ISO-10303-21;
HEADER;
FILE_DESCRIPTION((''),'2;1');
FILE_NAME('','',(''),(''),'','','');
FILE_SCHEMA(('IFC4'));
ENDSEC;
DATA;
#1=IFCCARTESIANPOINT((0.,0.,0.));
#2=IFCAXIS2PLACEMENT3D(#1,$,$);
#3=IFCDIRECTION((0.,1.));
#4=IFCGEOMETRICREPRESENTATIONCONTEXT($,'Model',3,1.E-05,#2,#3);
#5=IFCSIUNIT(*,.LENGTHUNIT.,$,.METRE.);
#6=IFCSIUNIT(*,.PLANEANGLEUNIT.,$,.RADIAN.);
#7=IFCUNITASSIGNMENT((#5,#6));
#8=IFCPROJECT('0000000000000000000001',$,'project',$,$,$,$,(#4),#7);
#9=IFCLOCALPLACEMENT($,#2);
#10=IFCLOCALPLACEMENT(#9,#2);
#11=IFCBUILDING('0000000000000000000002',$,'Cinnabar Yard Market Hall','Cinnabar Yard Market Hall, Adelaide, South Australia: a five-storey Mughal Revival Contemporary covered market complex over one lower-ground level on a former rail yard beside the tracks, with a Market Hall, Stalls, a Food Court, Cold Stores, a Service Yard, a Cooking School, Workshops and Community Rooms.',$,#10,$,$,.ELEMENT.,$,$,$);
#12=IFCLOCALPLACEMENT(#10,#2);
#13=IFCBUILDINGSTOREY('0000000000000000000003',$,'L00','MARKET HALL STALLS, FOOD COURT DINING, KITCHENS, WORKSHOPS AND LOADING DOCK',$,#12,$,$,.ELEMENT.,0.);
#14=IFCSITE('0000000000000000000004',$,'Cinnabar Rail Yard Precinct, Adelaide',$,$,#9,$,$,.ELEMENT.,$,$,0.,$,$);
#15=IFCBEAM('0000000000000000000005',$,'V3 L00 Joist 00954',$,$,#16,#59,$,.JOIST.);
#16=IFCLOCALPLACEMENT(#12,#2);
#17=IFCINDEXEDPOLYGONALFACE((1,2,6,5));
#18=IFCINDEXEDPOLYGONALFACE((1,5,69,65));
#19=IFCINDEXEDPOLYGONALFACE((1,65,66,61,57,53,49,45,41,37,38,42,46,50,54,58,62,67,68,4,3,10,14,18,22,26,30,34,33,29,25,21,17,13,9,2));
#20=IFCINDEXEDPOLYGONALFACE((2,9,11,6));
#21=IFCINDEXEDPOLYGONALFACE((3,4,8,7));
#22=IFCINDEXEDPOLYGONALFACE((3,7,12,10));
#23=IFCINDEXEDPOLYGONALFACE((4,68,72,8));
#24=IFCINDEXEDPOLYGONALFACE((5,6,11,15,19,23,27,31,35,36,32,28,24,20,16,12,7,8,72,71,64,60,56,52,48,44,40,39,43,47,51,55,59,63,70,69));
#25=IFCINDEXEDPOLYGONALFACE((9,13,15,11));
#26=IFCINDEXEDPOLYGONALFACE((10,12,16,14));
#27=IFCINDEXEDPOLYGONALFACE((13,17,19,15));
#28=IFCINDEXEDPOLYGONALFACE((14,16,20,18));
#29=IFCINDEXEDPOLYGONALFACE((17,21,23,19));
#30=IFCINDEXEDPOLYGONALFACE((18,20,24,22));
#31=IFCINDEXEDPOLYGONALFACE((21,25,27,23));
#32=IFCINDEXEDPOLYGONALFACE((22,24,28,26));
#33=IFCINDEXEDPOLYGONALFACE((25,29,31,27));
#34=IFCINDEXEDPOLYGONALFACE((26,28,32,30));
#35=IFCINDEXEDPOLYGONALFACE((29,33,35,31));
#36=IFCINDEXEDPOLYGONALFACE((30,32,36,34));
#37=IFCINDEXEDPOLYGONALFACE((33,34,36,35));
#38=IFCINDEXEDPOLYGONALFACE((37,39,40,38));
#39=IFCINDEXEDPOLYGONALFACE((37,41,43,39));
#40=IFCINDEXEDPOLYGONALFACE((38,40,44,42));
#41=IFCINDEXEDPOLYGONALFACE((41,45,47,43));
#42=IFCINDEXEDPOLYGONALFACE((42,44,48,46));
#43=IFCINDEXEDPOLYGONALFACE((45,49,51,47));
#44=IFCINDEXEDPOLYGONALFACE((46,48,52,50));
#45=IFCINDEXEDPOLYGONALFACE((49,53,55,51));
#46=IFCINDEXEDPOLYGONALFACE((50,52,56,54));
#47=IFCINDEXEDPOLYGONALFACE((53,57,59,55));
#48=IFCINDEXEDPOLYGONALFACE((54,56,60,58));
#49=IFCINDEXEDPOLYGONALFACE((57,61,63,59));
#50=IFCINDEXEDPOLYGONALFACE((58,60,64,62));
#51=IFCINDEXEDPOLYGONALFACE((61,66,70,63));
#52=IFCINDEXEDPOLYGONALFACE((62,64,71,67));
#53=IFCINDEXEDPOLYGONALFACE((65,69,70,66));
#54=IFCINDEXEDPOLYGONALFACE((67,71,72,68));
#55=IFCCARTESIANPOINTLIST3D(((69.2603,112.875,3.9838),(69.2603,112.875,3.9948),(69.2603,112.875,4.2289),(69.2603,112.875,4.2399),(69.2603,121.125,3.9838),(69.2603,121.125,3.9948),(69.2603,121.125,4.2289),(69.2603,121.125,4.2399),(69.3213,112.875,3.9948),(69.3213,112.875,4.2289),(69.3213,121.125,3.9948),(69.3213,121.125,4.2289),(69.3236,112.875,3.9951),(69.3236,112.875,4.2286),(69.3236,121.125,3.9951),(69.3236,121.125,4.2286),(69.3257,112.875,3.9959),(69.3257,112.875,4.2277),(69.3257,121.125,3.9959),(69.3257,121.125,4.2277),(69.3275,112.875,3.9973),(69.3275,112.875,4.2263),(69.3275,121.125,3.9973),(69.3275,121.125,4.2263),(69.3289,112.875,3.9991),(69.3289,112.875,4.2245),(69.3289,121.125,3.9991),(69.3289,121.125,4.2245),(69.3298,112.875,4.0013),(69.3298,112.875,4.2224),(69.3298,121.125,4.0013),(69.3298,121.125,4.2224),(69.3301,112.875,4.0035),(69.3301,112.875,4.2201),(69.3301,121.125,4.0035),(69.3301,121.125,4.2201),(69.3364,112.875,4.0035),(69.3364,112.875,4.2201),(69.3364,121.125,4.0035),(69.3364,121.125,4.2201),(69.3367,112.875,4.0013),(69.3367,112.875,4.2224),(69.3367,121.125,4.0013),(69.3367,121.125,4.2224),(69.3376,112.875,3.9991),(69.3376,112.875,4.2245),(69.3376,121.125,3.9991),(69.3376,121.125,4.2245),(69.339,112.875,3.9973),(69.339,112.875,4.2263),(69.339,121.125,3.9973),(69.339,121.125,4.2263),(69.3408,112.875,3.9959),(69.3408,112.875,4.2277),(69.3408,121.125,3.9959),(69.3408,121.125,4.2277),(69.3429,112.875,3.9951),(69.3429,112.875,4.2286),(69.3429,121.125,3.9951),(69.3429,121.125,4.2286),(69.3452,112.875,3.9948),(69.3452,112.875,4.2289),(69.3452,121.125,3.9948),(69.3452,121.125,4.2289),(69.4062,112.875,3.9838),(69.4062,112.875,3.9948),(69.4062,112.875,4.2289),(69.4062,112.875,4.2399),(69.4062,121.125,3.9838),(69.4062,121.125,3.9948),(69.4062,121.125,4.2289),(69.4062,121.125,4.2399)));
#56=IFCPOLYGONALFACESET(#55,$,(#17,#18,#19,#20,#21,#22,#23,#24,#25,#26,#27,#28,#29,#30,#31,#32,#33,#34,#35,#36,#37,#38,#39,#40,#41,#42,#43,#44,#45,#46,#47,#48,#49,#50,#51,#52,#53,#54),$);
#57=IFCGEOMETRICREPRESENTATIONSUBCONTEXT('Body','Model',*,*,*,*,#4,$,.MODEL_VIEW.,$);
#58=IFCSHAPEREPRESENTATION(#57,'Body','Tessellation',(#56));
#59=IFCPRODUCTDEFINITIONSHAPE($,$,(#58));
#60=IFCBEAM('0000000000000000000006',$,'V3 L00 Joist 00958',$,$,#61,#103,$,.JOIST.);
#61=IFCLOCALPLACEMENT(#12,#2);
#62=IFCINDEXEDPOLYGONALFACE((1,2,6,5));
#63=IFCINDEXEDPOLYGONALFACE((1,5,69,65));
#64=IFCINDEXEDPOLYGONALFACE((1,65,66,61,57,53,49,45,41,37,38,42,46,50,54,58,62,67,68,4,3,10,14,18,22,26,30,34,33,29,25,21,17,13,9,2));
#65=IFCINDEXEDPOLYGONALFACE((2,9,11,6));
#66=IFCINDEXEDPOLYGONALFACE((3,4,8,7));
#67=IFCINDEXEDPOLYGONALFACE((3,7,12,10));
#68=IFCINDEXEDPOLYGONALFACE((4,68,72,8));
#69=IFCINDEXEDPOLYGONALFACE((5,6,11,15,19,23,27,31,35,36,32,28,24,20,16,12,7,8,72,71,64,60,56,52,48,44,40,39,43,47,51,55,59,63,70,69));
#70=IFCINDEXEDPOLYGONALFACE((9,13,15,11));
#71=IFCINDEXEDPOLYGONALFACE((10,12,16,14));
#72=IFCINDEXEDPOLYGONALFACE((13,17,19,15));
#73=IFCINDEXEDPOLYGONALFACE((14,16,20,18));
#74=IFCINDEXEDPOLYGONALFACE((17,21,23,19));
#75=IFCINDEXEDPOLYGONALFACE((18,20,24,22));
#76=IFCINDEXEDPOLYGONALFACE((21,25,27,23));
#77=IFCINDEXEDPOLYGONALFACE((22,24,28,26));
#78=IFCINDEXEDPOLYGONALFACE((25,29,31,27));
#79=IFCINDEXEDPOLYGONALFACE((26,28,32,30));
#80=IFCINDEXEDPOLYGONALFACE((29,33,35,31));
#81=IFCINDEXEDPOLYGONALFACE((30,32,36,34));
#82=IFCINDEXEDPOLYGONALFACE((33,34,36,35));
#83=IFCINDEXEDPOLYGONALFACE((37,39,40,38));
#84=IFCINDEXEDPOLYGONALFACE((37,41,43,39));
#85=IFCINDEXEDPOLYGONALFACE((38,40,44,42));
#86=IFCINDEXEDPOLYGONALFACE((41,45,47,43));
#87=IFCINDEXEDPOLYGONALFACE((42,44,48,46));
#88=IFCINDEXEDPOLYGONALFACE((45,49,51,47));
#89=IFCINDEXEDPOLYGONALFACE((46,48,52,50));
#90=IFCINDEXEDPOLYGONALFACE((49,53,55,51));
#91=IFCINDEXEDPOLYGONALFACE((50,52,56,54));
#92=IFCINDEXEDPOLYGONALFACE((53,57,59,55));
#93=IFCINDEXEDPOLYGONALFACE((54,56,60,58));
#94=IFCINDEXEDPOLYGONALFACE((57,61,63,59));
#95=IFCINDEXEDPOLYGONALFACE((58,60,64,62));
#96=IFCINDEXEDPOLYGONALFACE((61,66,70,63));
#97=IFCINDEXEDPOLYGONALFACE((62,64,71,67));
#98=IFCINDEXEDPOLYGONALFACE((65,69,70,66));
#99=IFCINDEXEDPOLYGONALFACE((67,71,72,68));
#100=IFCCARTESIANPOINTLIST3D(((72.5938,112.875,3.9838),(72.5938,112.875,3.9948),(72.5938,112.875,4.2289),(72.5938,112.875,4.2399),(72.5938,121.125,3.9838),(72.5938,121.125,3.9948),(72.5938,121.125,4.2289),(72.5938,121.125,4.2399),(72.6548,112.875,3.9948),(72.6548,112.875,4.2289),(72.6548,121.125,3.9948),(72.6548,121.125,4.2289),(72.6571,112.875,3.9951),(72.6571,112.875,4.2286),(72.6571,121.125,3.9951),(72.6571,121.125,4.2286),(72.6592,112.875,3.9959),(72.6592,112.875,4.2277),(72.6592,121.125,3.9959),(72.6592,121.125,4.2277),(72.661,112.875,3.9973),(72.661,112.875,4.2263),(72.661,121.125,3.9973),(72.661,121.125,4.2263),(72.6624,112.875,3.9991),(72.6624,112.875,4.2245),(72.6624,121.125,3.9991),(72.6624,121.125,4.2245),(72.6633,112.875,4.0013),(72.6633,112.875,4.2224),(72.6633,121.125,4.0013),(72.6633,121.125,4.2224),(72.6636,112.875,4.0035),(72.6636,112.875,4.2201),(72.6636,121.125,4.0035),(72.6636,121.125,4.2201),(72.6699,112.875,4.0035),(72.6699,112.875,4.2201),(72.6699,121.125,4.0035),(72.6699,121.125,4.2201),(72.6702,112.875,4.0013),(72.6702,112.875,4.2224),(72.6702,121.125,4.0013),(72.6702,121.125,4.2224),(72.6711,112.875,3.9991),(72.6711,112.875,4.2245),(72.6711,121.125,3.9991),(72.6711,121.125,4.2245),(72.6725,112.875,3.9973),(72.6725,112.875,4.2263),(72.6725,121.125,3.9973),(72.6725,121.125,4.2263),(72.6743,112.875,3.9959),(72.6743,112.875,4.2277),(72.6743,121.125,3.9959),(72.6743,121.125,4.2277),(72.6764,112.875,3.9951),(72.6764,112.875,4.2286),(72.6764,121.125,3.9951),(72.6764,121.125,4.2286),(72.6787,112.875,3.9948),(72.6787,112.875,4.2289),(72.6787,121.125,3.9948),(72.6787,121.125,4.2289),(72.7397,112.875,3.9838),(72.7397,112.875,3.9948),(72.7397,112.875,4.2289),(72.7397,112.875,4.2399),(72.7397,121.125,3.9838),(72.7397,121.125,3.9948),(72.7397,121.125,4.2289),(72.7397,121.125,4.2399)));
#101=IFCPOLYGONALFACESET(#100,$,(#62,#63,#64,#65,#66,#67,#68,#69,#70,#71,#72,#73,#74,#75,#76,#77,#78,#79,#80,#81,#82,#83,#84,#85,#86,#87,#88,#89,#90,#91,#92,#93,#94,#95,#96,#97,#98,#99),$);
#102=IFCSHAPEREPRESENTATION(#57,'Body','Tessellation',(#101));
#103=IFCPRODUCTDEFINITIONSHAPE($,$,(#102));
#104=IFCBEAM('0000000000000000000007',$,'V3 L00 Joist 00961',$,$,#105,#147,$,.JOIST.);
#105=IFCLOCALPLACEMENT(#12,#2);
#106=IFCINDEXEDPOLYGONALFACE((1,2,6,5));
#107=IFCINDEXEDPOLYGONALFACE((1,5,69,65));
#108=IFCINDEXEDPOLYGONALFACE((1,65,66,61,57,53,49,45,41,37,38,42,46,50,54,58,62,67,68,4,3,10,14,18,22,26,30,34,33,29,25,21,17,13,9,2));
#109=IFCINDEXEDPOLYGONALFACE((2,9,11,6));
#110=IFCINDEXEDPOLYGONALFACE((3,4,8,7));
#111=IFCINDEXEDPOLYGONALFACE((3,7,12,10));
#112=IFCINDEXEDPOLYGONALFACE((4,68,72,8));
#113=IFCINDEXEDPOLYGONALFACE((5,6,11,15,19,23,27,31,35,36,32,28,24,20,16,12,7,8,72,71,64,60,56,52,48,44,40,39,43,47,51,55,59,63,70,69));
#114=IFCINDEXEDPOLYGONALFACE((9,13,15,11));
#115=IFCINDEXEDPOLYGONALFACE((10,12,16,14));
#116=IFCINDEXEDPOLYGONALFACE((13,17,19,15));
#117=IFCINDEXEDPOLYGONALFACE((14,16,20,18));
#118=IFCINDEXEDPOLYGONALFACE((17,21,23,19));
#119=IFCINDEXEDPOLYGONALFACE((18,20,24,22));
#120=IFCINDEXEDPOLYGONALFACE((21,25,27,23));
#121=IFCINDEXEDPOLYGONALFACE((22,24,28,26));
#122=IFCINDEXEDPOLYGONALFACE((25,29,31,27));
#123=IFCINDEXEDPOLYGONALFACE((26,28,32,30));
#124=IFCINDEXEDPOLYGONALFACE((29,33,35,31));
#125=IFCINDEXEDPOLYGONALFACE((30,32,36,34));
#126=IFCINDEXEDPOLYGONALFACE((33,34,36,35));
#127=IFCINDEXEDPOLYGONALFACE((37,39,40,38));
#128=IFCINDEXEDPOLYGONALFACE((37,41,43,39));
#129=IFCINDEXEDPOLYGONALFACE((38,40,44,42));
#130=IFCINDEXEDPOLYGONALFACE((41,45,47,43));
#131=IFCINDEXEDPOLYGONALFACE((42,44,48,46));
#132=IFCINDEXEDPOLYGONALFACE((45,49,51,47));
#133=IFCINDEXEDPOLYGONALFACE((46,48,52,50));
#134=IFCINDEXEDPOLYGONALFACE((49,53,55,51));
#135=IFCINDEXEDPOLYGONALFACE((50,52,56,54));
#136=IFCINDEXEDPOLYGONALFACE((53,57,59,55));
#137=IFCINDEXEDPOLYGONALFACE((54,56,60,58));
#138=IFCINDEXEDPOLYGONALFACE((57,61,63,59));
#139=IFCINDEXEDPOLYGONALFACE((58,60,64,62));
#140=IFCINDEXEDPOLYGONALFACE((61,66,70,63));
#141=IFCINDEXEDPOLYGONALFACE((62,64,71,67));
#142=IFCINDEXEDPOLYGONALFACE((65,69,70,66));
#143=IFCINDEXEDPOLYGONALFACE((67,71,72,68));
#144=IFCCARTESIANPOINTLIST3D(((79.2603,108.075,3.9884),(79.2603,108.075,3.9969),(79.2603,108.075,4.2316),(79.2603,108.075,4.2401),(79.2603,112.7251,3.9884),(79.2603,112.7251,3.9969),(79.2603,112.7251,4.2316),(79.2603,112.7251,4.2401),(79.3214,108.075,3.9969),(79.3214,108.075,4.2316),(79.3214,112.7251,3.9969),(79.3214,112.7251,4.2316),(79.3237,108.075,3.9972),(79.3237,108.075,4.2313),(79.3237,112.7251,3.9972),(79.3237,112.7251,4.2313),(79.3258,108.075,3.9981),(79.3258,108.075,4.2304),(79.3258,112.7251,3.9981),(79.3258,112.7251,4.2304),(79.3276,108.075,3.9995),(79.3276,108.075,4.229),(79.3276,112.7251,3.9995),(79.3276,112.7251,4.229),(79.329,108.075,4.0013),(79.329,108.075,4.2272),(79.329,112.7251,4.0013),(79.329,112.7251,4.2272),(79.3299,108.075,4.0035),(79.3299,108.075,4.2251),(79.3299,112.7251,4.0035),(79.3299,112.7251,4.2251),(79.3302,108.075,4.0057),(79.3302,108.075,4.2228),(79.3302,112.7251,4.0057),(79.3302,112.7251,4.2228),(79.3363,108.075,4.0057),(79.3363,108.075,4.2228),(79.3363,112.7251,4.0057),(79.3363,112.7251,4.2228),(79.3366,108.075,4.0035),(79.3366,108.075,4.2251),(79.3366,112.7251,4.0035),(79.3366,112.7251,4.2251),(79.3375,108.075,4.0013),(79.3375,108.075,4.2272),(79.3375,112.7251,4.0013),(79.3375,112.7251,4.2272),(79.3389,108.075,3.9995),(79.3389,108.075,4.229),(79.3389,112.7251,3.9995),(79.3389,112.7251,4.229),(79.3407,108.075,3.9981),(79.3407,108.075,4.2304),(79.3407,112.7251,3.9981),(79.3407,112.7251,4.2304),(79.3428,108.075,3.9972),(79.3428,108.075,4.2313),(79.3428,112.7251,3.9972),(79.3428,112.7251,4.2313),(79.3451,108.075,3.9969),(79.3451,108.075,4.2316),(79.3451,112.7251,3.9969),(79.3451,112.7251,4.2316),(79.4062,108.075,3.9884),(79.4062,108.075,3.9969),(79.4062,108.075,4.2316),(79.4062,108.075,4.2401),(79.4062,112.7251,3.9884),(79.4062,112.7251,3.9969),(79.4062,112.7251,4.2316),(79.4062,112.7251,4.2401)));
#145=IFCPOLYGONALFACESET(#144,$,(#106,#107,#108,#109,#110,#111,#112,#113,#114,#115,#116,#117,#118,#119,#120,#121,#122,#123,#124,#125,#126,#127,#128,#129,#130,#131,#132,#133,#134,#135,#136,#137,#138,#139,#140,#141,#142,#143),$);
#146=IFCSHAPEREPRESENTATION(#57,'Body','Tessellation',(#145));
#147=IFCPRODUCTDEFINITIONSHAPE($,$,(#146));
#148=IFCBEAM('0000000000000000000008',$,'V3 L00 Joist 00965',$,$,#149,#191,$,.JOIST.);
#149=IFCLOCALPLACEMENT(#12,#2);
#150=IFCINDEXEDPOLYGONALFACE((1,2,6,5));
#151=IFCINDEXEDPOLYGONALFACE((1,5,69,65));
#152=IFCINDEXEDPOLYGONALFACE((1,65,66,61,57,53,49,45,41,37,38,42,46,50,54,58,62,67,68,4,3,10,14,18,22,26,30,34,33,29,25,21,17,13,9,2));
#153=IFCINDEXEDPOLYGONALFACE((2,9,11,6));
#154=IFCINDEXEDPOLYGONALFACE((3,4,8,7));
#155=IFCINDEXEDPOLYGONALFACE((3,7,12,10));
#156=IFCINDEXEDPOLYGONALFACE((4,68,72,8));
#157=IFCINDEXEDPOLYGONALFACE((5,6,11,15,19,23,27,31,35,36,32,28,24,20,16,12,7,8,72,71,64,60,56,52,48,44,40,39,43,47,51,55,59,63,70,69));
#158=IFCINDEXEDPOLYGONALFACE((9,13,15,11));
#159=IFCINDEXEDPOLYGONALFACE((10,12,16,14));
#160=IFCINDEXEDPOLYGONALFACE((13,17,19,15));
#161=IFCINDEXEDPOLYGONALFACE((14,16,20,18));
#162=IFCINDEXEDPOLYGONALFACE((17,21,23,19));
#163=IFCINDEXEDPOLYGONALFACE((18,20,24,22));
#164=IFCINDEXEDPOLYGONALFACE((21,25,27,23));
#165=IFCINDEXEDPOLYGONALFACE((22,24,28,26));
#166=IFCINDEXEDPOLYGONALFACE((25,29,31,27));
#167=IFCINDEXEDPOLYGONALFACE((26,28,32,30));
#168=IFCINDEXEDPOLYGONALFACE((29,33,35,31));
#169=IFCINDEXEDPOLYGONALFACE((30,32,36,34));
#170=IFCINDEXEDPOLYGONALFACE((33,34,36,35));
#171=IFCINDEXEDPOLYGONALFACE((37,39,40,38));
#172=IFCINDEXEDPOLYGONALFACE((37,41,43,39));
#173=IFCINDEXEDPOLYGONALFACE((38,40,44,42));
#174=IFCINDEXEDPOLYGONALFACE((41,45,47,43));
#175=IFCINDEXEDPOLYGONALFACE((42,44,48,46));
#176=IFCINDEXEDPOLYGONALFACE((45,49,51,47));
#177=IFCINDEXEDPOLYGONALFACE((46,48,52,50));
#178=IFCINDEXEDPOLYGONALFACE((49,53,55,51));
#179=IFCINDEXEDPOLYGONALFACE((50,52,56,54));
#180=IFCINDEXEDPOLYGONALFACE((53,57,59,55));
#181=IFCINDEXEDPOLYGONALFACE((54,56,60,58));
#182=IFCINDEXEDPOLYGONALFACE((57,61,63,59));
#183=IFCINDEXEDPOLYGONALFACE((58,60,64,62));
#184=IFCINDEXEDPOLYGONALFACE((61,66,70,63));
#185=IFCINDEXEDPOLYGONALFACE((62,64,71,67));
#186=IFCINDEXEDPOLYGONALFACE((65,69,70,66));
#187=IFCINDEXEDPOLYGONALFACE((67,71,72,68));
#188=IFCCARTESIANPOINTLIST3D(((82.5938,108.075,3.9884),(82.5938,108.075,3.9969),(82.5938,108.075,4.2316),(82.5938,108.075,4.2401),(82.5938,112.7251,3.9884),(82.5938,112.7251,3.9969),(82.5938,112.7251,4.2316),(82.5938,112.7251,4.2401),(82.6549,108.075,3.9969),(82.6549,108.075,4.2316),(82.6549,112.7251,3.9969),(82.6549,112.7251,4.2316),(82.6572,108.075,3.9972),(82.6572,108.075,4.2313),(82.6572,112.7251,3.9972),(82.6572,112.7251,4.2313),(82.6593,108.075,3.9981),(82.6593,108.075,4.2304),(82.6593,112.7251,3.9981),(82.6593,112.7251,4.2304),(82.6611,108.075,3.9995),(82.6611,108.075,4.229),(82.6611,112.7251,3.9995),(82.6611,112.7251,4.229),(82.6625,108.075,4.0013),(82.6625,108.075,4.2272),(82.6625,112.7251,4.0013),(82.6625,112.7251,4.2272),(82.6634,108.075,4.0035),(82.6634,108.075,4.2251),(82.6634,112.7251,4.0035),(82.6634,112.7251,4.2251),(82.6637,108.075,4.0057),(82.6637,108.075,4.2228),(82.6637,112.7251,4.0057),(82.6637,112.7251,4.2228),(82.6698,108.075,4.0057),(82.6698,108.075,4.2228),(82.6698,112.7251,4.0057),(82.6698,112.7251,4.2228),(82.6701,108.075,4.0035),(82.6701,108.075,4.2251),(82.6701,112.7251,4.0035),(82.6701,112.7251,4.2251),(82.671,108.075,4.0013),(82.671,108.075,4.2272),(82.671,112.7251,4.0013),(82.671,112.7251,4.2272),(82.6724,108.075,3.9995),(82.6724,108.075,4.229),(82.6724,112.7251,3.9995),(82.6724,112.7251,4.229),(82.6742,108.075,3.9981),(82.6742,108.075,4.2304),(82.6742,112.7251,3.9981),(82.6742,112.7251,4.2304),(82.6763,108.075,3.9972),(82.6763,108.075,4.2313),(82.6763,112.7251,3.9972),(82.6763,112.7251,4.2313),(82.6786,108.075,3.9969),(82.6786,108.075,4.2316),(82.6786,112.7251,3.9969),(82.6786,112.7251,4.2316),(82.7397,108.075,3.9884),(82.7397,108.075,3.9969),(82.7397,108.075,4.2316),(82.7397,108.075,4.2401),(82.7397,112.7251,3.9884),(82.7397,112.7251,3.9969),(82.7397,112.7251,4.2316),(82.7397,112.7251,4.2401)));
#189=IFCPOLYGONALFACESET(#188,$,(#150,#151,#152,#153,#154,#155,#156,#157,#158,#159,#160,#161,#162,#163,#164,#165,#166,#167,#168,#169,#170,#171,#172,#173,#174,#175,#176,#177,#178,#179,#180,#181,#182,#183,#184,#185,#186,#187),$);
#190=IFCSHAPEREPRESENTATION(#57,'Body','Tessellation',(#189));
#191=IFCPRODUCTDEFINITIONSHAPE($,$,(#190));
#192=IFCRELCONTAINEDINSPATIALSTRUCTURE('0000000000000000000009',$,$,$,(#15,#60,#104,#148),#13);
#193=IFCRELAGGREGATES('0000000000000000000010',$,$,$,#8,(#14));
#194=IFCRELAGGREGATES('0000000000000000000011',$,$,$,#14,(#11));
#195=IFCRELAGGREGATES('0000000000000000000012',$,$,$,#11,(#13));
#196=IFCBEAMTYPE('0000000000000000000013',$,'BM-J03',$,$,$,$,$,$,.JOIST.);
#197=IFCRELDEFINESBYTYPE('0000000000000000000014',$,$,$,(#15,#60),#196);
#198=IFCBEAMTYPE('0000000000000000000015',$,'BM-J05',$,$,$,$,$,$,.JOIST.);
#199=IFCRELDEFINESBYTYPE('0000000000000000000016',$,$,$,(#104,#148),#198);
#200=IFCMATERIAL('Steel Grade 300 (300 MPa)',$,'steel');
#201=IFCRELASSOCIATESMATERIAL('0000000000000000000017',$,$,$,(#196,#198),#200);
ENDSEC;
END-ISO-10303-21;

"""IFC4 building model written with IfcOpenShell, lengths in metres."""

from ifc_helpers import new_model, si_unit, direction, frame, origin, origin_2d_with_axis, place, context, subcontext, project, spatial, i_section, extrude, material, material_profile, profile_set, type_object, element, save


model = new_model("IFC4")

# Units and contexts
model_context = context("Model", 3, precision=1e-05, world=origin(), true_north=direction((0.0, 1.0)))
body_context = subcontext(model_context, "Body", "Model", "MODEL_VIEW")
ifc_project = project(units=[si_unit("LENGTHUNIT", "METRE"), si_unit("PLANEANGLEUNIT", "RADIAN")], contexts=[model_context])

# Site, building, storey
site_placement = place(None, origin())
site = spatial("IfcSite", under=ifc_project, at=site_placement, Name="Cinnabar Rail Yard Precinct, Adelaide", CompositionType="ELEMENT", RefElevation=0.0)
building_placement = place(site_placement, origin())
building = spatial("IfcBuilding", under=site, at=building_placement, Name="Cinnabar Yard Market Hall", Description="Cinnabar Yard Market Hall, Adelaide, South Australia: a five-storey Mughal Revival Contemporary covered market complex over one lower-ground level on a former rail yard beside the tracks, with a Market Hall, Stalls, a Food Court, Cold Stores, a Service Yard, a Cooking School, Workshops and Community Rooms.", CompositionType="ELEMENT")
storey_placement = place(building_placement, origin())
storey = spatial("IfcBuildingStorey", under=building, at=storey_placement, Name="L00", Description="MARKET HALL STALLS, FOOD COURT DINING, KITCHENS, WORKSHOPS AND LOADING DOCK", CompositionType="ELEMENT", Elevation=0.0)

# Shared definitions
ifc_material_1 = material(Name="Steel Grade 300 (300 MPa)", Category="steel")

# Beams
ifc_material_profile_1 = material_profile(ifc_material_1, i_section(OverallWidth=0.146, OverallDepth=0.2561, WebThickness=0.0063, FlangeThickness=0.011, FilletRadius=0.0088, at=origin_2d_with_axis()), Name="250UB37.3")
ifc_profile_set_1 = profile_set([ifc_material_profile_1], Name="Steel Grade 300 (300 MPa)")
beam_type_1 = type_object("IfcBeamType", Name="BM-J03", PredefinedType="JOIST", material=ifc_profile_set_1)
for number, where, z_axis, x_axis, name in (
    (1, (69.3333, 112.875, 4.1118), (0.0, 1.0, 0.0), (-1.0, 0.0, 0.0), "V3 L00 Joist 00954"),
    (2, (72.6667, 112.875, 4.1118), (0.0, 1.0, 0.0), (-1.0, 0.0, 0.0), "V3 L00 Joist 00958"),
):
    element("IfcBeam", number, at=place(storey_placement, frame(where, z_axis=z_axis, x_axis=x_axis)), inside=storey, type_object=beam_type_1, Name=name, PredefinedType="JOIST", context=body_context, shape_type="SweptSolid", body=[
        extrude(i_section(OverallWidth=0.146, OverallDepth=0.2561, WebThickness=0.0063, FlangeThickness=0.011, FilletRadius=0.0088, at=origin_2d_with_axis()), origin(), (0.0, 0.0, 1.0), 8.25),
    ])
ifc_material_profile_2 = material_profile(ifc_material_1, i_section(OverallWidth=0.146, OverallDepth=0.2517, WebThickness=0.0061, FlangeThickness=0.0085, FilletRadius=0.0088, at=origin_2d_with_axis()), Name="250UB31.4")
ifc_profile_set_2 = profile_set([ifc_material_profile_2], Name="Steel Grade 300 (300 MPa)")
beam_type_2 = type_object("IfcBeamType", Name="BM-J05", PredefinedType="JOIST", material=ifc_profile_set_2)
for number, where, z_axis, x_axis, name in (
    (3, (79.3333, 108.075, 4.1143), (0.0, 1.0, 0.0), (-1.0, 0.0, 0.0), "V3 L00 Joist 00961"),
    (4, (82.6667, 108.075, 4.1143), (0.0, 1.0, 0.0), (-1.0, 0.0, 0.0), "V3 L00 Joist 00965"),
):
    element("IfcBeam", number, at=place(storey_placement, frame(where, z_axis=z_axis, x_axis=x_axis)), inside=storey, type_object=beam_type_2, Name=name, PredefinedType="JOIST", context=body_context, shape_type="SweptSolid", body=[
        extrude(i_section(OverallWidth=0.146, OverallDepth=0.2517, WebThickness=0.0061, FlangeThickness=0.0085, FilletRadius=0.0088, at=origin_2d_with_axis()), origin(), (0.0, 0.0, 1.0), 4.6501),
    ])

save(model, "model.ifc")
